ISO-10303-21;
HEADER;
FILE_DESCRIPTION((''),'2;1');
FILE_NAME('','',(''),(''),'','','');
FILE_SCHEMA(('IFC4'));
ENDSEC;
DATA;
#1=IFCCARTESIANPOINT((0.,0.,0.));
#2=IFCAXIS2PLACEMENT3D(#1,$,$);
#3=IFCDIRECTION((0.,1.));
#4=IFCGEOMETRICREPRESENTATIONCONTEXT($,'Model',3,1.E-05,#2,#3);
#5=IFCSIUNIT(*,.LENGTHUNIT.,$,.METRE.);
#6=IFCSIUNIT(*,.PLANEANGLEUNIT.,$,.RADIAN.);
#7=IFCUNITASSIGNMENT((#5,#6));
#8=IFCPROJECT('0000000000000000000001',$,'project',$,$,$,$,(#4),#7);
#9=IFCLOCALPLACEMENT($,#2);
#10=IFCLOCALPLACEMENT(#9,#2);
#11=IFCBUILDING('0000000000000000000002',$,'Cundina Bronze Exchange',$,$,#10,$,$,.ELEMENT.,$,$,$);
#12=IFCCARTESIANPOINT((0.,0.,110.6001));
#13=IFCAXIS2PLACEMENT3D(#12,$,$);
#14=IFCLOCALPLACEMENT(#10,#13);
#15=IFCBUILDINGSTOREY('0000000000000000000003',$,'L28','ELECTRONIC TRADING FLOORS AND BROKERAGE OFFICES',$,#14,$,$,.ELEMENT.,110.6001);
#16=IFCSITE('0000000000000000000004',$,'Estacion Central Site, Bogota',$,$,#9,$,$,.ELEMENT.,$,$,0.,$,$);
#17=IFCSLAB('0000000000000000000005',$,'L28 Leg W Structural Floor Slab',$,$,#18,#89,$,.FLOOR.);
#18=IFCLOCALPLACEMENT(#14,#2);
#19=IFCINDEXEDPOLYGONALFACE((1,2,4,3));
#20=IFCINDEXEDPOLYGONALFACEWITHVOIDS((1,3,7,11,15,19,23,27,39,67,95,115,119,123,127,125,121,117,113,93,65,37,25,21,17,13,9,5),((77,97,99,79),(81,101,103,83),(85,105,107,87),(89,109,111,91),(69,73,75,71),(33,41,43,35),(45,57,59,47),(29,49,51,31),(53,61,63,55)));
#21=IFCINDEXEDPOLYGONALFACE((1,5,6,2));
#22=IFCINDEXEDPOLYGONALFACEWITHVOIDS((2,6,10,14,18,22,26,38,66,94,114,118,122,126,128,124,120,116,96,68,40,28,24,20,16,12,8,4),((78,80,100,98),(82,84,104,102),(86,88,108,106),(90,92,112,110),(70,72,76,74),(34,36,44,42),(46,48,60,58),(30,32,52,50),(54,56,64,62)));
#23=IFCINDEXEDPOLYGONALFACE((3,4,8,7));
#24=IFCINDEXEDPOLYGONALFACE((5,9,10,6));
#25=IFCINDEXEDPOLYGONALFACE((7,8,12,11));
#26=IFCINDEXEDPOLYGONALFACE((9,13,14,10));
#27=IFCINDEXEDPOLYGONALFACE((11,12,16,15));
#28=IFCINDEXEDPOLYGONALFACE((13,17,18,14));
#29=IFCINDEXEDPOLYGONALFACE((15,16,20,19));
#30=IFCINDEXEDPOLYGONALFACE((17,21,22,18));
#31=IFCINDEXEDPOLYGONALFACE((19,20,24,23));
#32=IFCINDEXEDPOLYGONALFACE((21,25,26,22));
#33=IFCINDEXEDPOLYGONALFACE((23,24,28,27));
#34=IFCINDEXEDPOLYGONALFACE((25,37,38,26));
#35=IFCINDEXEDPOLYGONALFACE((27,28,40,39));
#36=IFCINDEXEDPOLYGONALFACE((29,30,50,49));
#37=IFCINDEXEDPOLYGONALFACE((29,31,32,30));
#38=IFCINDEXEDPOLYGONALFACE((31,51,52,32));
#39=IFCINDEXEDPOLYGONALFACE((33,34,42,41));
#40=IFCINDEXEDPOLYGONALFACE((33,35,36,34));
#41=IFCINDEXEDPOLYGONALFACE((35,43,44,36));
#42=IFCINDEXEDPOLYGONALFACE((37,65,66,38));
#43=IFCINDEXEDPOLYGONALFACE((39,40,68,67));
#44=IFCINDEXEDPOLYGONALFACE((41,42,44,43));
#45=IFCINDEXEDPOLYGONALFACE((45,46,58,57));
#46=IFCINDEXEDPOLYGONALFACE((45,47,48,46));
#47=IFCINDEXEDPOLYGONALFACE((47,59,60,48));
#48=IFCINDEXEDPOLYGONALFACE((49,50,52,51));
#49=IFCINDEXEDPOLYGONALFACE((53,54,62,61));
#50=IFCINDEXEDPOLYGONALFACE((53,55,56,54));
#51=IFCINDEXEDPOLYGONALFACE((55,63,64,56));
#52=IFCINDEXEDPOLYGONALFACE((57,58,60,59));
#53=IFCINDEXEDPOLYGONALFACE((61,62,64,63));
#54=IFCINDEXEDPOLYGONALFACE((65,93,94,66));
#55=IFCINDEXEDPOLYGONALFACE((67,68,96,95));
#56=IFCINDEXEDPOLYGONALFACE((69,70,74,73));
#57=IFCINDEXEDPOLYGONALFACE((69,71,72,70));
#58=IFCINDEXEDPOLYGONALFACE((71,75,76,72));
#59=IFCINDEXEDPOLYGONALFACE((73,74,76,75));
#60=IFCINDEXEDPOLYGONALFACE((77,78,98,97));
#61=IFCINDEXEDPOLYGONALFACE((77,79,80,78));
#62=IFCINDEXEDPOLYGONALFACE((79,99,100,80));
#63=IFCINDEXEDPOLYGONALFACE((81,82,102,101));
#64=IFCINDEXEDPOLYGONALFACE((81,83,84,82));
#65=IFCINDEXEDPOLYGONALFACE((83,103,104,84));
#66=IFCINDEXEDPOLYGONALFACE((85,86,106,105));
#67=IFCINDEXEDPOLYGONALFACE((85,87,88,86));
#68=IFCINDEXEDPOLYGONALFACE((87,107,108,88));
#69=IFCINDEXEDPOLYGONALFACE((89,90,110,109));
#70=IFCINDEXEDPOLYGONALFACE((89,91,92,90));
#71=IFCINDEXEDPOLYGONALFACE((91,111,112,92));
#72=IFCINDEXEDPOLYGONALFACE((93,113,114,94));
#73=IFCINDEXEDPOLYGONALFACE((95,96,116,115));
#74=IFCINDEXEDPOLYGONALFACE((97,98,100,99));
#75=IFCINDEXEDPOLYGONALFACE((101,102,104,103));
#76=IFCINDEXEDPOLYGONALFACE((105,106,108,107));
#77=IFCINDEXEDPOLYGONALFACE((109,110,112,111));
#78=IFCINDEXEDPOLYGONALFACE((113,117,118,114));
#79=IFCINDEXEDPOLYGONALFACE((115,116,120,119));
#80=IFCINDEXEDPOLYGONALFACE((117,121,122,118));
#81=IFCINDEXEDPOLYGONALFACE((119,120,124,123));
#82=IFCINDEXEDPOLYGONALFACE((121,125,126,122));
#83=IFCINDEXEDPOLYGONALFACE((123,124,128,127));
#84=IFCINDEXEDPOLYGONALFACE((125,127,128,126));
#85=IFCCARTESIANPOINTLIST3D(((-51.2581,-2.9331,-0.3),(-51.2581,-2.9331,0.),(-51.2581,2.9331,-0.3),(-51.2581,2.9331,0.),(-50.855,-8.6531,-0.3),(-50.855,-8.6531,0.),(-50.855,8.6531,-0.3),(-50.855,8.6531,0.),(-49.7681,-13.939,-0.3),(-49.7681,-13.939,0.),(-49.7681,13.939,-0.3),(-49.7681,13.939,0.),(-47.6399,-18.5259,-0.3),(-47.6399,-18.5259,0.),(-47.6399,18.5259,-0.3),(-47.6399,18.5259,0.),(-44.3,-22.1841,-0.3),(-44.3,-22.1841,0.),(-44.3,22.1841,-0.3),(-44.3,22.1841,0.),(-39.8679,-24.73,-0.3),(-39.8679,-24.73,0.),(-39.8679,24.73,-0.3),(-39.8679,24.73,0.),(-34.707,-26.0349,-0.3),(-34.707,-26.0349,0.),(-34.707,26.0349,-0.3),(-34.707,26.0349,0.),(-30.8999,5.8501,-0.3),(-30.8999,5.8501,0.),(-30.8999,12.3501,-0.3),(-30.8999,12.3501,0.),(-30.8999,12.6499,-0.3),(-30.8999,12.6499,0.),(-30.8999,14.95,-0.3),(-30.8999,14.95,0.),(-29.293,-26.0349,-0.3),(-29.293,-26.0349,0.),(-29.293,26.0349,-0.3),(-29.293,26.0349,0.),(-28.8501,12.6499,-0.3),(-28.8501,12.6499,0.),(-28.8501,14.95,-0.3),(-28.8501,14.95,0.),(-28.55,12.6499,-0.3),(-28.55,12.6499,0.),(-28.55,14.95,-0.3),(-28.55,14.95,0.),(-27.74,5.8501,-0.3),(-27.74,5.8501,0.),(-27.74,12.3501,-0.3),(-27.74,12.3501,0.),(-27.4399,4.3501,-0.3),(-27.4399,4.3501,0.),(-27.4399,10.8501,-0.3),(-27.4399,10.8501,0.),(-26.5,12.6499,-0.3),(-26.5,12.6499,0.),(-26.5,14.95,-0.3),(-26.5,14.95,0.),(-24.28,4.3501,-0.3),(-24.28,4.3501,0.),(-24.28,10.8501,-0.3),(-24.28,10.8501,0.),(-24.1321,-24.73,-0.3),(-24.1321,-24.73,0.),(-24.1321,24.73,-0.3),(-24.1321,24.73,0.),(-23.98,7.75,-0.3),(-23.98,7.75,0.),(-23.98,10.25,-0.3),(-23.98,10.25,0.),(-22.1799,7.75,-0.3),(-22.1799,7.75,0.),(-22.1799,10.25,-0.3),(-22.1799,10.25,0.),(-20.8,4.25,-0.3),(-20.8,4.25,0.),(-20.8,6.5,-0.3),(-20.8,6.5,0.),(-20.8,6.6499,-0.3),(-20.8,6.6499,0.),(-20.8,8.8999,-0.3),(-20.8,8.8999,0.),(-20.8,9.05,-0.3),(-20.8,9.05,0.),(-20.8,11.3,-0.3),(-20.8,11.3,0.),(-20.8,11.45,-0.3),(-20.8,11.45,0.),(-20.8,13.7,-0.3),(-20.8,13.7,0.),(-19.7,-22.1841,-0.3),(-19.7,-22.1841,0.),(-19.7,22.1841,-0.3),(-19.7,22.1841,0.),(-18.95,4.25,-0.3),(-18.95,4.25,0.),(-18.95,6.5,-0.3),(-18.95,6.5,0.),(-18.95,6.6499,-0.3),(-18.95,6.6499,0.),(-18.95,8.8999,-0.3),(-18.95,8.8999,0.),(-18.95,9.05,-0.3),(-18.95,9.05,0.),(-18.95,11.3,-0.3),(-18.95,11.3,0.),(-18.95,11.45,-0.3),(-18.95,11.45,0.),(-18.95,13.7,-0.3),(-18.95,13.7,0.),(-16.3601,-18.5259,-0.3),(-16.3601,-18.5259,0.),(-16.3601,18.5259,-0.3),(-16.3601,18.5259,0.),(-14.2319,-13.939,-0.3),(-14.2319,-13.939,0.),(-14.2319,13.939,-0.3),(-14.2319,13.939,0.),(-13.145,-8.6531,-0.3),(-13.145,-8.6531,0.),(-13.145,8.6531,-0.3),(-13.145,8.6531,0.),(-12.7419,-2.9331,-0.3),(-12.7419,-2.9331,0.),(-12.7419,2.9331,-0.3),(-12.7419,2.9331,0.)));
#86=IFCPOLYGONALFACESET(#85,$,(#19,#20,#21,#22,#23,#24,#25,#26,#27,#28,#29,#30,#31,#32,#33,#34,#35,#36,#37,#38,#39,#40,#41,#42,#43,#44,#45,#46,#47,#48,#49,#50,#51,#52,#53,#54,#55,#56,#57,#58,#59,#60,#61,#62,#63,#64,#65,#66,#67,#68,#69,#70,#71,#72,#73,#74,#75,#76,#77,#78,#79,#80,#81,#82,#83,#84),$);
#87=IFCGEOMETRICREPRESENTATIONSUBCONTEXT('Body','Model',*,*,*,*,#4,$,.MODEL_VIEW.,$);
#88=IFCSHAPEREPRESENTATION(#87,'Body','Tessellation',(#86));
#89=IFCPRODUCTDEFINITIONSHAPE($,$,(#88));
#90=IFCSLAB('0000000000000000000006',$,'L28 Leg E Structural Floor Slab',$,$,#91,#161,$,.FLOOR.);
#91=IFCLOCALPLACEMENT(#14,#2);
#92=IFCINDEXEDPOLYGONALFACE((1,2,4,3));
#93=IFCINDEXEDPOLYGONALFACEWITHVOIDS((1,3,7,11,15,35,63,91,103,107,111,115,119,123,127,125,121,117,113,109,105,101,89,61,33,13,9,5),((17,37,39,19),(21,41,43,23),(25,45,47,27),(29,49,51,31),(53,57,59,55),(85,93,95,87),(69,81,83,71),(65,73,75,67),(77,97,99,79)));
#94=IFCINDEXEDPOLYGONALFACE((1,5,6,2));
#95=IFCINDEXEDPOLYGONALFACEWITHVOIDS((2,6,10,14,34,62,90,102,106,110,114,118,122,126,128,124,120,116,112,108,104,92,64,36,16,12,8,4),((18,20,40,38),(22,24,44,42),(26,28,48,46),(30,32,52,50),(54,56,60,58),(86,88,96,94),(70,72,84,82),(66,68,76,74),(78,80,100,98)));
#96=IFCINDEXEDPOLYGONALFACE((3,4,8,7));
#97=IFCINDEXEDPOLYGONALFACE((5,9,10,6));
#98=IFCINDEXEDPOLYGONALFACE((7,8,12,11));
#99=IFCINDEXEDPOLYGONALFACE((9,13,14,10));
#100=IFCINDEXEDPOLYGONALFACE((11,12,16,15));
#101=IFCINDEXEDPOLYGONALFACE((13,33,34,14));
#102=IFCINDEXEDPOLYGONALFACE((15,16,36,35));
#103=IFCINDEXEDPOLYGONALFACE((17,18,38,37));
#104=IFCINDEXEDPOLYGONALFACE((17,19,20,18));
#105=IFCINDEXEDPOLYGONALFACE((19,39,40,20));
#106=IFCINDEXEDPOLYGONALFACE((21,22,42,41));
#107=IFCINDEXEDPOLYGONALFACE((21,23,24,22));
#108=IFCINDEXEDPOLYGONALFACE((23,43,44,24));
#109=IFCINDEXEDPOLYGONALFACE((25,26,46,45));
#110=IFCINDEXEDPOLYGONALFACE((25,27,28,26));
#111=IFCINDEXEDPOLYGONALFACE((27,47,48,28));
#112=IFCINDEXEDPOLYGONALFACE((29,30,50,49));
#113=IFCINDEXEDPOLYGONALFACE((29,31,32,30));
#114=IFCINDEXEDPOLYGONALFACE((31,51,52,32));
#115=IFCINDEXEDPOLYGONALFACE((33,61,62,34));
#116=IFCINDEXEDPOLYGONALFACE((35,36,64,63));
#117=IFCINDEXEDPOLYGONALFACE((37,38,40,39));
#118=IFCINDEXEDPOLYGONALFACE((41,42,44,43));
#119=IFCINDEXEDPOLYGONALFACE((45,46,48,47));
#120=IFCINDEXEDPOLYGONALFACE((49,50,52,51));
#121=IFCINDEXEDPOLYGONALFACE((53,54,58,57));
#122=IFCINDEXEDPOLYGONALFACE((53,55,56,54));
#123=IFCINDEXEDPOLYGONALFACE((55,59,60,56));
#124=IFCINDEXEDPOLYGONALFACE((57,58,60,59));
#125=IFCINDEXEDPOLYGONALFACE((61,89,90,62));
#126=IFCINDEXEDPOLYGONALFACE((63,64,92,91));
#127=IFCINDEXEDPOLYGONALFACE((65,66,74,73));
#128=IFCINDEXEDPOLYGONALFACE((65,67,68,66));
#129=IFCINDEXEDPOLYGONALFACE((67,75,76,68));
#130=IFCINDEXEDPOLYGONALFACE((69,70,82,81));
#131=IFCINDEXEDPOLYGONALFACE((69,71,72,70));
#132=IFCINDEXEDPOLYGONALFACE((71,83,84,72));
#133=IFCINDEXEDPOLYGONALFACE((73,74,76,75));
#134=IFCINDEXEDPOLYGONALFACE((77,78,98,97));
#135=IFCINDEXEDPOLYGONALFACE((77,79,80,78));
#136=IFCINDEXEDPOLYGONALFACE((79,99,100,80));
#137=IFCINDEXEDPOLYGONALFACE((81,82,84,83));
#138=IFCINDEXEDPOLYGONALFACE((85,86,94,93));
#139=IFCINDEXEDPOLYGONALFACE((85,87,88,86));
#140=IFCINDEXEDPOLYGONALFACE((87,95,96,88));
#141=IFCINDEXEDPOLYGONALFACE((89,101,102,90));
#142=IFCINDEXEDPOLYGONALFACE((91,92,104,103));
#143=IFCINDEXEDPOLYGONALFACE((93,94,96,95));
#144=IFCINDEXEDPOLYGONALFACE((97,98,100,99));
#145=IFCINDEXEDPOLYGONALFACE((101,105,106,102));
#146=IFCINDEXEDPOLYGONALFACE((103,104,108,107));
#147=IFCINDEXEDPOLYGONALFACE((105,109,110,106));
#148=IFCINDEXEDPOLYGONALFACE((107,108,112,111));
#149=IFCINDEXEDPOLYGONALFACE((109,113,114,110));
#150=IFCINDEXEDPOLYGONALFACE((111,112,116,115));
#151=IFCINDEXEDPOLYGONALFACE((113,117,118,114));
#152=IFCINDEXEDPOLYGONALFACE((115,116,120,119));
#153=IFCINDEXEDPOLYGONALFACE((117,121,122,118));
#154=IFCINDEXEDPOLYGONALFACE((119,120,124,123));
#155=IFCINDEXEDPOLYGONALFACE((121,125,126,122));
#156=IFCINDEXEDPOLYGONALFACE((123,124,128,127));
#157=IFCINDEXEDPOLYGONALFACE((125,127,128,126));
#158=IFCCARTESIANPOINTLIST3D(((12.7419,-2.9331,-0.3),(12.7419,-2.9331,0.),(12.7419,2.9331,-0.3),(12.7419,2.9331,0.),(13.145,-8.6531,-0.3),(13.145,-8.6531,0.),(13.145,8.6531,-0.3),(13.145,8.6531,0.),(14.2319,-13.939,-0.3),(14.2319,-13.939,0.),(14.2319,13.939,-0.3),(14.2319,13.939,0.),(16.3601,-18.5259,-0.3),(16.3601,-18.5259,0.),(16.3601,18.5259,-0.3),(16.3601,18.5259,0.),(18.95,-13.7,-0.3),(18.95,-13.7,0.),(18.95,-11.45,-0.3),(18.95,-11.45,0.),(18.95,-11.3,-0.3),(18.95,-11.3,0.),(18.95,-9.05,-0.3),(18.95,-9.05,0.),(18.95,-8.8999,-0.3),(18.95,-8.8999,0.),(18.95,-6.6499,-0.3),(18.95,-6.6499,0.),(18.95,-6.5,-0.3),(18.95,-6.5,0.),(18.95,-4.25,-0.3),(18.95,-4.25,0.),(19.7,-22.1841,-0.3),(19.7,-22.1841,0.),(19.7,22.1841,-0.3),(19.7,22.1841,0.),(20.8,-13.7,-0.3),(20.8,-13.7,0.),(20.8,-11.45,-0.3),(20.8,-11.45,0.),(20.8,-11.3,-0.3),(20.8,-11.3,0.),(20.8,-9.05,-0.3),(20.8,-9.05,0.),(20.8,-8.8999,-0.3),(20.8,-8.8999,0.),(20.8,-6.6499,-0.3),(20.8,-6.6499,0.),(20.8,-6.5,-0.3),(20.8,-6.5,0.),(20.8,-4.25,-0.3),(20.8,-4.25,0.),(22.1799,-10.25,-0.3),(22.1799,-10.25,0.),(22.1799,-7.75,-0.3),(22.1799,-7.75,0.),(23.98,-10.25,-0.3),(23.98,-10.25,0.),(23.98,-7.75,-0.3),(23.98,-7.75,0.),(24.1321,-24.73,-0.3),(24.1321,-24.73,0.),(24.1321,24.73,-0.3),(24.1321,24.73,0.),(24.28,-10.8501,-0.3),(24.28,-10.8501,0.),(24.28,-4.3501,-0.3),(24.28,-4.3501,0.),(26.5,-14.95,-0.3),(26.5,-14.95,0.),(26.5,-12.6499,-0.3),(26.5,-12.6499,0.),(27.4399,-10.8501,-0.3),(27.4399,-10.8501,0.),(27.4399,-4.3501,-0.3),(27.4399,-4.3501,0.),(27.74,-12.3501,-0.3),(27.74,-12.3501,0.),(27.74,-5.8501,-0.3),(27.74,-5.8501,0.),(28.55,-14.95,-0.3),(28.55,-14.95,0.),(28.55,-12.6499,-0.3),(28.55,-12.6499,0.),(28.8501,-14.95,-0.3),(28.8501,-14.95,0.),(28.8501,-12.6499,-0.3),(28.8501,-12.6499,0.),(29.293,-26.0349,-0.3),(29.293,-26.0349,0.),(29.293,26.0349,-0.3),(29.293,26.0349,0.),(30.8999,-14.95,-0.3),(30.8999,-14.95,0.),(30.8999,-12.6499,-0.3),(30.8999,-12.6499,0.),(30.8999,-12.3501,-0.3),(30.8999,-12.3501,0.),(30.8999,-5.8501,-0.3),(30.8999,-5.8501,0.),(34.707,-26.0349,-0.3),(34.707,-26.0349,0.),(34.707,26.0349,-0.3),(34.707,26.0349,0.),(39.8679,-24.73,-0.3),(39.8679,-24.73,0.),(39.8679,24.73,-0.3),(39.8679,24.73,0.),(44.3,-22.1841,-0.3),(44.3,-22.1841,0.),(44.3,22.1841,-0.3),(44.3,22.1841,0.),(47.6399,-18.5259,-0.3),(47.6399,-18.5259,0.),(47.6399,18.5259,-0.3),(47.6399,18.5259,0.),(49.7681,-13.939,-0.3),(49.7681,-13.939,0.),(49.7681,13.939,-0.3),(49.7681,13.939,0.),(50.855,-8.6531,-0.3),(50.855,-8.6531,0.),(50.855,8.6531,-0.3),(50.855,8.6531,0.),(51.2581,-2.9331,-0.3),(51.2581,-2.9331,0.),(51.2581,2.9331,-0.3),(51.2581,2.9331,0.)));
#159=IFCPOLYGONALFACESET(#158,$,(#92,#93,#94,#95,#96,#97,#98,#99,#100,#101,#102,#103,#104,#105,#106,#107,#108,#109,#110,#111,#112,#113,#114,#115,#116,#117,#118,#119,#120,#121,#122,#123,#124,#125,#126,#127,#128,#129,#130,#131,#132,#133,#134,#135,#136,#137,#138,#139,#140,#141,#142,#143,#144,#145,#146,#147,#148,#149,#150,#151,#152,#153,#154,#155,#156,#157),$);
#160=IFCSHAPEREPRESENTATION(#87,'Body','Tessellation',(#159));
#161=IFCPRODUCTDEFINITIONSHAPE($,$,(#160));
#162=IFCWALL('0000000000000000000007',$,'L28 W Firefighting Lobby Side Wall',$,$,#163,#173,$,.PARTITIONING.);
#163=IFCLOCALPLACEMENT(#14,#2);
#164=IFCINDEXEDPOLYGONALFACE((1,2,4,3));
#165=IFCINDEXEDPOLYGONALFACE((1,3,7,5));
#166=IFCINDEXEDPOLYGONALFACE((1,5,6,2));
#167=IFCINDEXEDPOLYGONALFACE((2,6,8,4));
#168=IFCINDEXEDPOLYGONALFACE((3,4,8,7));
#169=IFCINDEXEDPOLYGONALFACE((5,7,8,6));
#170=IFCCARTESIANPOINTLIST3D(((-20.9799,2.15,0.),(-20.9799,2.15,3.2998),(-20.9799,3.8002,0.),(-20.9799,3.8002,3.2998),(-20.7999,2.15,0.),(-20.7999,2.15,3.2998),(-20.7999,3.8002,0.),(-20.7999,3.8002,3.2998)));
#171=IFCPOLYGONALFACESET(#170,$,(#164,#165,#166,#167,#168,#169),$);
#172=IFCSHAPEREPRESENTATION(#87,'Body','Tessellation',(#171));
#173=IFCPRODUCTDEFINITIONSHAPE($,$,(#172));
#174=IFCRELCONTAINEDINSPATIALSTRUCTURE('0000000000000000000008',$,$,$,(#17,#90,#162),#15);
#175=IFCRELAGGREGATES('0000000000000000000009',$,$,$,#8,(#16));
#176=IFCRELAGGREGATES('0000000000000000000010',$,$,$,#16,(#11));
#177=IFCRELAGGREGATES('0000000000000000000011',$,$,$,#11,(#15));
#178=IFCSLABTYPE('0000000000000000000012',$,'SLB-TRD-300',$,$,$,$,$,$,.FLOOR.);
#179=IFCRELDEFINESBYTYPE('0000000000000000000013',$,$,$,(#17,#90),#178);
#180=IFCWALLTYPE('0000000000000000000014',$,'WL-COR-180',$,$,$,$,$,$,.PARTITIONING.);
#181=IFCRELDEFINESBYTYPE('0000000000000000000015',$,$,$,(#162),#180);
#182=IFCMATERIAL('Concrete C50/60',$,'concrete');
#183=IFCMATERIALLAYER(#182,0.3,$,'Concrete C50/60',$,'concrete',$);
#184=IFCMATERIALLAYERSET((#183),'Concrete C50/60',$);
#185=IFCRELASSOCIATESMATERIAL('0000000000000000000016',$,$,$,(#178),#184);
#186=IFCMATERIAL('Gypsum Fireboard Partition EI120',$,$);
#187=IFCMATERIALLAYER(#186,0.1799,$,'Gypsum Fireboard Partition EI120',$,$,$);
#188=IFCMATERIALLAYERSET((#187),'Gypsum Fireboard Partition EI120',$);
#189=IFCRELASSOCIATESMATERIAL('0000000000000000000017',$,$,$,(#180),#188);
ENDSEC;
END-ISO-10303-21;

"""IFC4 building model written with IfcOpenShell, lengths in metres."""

from ifc_helpers import new_model, si_unit, direction, frame, frame_2d, origin, place, context, subcontext, project, spatial, polyline, rectangle, outline, extrude, material, layer, layer_set, type_object, element, save


model = new_model("IFC4")

# Units and contexts
model_context = context("Model", 3, precision=1e-05, world=origin(), true_north=direction((0.0, 1.0)))
body_context = subcontext(model_context, "Body", "Model", "MODEL_VIEW")
ifc_project = project(units=[si_unit("LENGTHUNIT", "METRE"), si_unit("PLANEANGLEUNIT", "RADIAN")], contexts=[model_context])

# Site, building, storey
site_placement = place(None, origin())
site = spatial("IfcSite", under=ifc_project, at=site_placement, Name="Estacion Central Site, Bogota", CompositionType="ELEMENT", RefElevation=0.0)
building_placement = place(site_placement, origin())
building = spatial("IfcBuilding", under=site, at=building_placement, Name="Cundina Bronze Exchange", CompositionType="ELEMENT")
storey_placement = place(building_placement, frame((0.0, 0.0, 110.6001)))
storey = spatial("IfcBuildingStorey", under=building, at=storey_placement, Name="L28", Description="ELECTRONIC TRADING FLOORS AND BROKERAGE OFFICES", CompositionType="ELEMENT", Elevation=110.6001)

# Slabs
ifc_material_1 = material(Name="Concrete C50/60", Category="concrete")
ifc_layer_1 = layer(ifc_material_1, 0.3, Name="Concrete C50/60", Category="concrete")
ifc_layer_set_1 = layer_set([ifc_layer_1], Name="Concrete C50/60")
slab_type = type_object("IfcSlabType", Name="SLB-TRD-300", PredefinedType="FLOOR", material=ifc_layer_set_1)
slab_1_placement = place(storey_placement, frame((0.0, 0.0, -0.3)))
element("IfcSlab", 1, at=slab_1_placement, inside=storey, type_object=slab_type, Name="L28 Leg W Structural Floor Slab", PredefinedType="FLOOR", context=body_context, shape_type="SweptSolid", body=[
    extrude(outline(polyline([(-12.7419, 2.9331), (-13.145, 8.6531), (-14.2319, 13.939), (-16.3601, 18.5259), (-19.7, 22.1841), (-24.1321, 24.73), (-29.293, 26.0349), (-34.707, 26.0349), (-39.8679, 24.73), (-44.3, 22.1841), (-47.6399, 18.5259), (-49.7681, 13.939), (-50.855, 8.6531), (-51.2581, 2.9331), (-51.2581, -2.9331), (-50.855, -8.6531), (-49.7681, -13.939), (-47.6399, -18.5259), (-44.3, -22.1841), (-39.8679, -24.73), (-34.707, -26.0349), (-29.293, -26.0349), (-24.1321, -24.73), (-19.7, -22.1841), (-16.3601, -18.5259), (-14.2319, -13.939), (-13.145, -8.6531), (-12.7419, -2.9331), (-12.7419, 2.9331)]), holes=[polyline([(-27.74, 5.8501), (-27.74, 12.3501), (-30.8999, 12.3501), (-30.8999, 5.8501), (-27.74, 5.8501)]), polyline([(-27.4399, 10.8501), (-27.4399, 4.3501), (-24.28, 4.3501), (-24.28, 10.8501), (-27.4399, 10.8501)]), polyline([(-23.98, 10.25), (-22.1799, 10.25), (-22.1799, 7.75), (-23.98, 7.75), (-23.98, 10.25)]), polyline([(-30.8999, 14.95), (-28.8501, 14.95), (-28.8501, 12.6499), (-30.8999, 12.6499), (-30.8999, 14.95)]), polyline([(-28.55, 14.95), (-26.5, 14.95), (-26.5, 12.6499), (-28.55, 12.6499), (-28.55, 14.95)]), polyline([(-20.8, 13.7), (-18.95, 13.7), (-18.95, 11.45), (-20.8, 11.45), (-20.8, 13.7)]), polyline([(-20.8, 11.3), (-18.95, 11.3), (-18.95, 9.05), (-20.8, 9.05), (-20.8, 11.3)]), polyline([(-20.8, 8.8999), (-18.95, 8.8999), (-18.95, 6.6499), (-20.8, 6.6499), (-20.8, 8.8999)]), polyline([(-20.8, 6.5), (-18.95, 6.5), (-18.95, 4.25), (-20.8, 4.25), (-20.8, 6.5)])]), origin(), (0.0, 0.0, 1.0), 0.3),
])
slab_2_placement = place(storey_placement, frame((0.0, 0.0, -0.3)))
element("IfcSlab", 2, at=slab_2_placement, inside=storey, type_object=slab_type, Name="L28 Leg E Structural Floor Slab", PredefinedType="FLOOR", context=body_context, shape_type="SweptSolid", body=[
    extrude(outline(polyline([(51.2581, 2.9331), (50.855, 8.6531), (49.7681, 13.939), (47.6399, 18.5259), (44.3, 22.1841), (39.8679, 24.73), (34.707, 26.0349), (29.293, 26.0349), (24.1321, 24.73), (19.7, 22.1841), (16.3601, 18.5259), (14.2319, 13.939), (13.145, 8.6531), (12.7419, 2.9331), (12.7419, -2.9331), (13.145, -8.6531), (14.2319, -13.939), (16.3601, -18.5259), (19.7, -22.1841), (24.1321, -24.73), (29.293, -26.0349), (34.707, -26.0349), (39.8679, -24.73), (44.3, -22.1841), (47.6399, -18.5259), (49.7681, -13.939), (50.855, -8.6531), (51.2581, -2.9331), (51.2581, 2.9331)]), holes=[polyline([(27.74, -5.8501), (27.74, -12.3501), (30.8999, -12.3501), (30.8999, -5.8501), (27.74, -5.8501)]), polyline([(27.4399, -10.8501), (27.4399, -4.3501), (24.28, -4.3501), (24.28, -10.8501), (27.4399, -10.8501)]), polyline([(22.1799, -7.75), (23.98, -7.75), (23.98, -10.25), (22.1799, -10.25), (22.1799, -7.75)]), polyline([(28.8501, -12.6499), (30.8999, -12.6499), (30.8999, -14.95), (28.8501, -14.95), (28.8501, -12.6499)]), polyline([(26.5, -12.6499), (28.55, -12.6499), (28.55, -14.95), (26.5, -14.95), (26.5, -12.6499)]), polyline([(18.95, -11.45), (20.8, -11.45), (20.8, -13.7), (18.95, -13.7), (18.95, -11.45)]), polyline([(18.95, -9.05), (20.8, -9.05), (20.8, -11.3), (18.95, -11.3), (18.95, -9.05)]), polyline([(18.95, -6.6499), (20.8, -6.6499), (20.8, -8.8999), (18.95, -8.8999), (18.95, -6.6499)]), polyline([(18.95, -4.25), (20.8, -4.25), (20.8, -6.5), (18.95, -6.5), (18.95, -4.25)])]), origin(), (0.0, 0.0, 1.0), 0.3),
])

# Wall
ifc_material_2 = material(Name="Gypsum Fireboard Partition EI120")
ifc_layer_2 = layer(ifc_material_2, 0.1799, Name="Gypsum Fireboard Partition EI120")
ifc_layer_set_2 = layer_set([ifc_layer_2], Name="Gypsum Fireboard Partition EI120")
wall_type_1 = type_object("IfcWallType", Name="WL-COR-180", PredefinedType="PARTITIONING", material=ifc_layer_set_2)
wall_1_placement = place(storey_placement, frame((-20.8899, 2.1499, 0.0), z_axis=(0.0, 0.0, 1.0), x_axis=(0.0, 1.0, 0.0)))
element("IfcWall", 3, at=wall_1_placement, inside=storey, type_object=wall_type_1, Name="L28 W Firefighting Lobby Side Wall", PredefinedType="PARTITIONING", context=body_context, shape_type="SweptSolid", body=[
    extrude(rectangle(XDim=1.6501, YDim=0.1799, at=frame_2d((0.8252, 0.0))), origin(), (0.0, 0.0, 1.0), 3.2998),
])

save(model, "model.ifc")
